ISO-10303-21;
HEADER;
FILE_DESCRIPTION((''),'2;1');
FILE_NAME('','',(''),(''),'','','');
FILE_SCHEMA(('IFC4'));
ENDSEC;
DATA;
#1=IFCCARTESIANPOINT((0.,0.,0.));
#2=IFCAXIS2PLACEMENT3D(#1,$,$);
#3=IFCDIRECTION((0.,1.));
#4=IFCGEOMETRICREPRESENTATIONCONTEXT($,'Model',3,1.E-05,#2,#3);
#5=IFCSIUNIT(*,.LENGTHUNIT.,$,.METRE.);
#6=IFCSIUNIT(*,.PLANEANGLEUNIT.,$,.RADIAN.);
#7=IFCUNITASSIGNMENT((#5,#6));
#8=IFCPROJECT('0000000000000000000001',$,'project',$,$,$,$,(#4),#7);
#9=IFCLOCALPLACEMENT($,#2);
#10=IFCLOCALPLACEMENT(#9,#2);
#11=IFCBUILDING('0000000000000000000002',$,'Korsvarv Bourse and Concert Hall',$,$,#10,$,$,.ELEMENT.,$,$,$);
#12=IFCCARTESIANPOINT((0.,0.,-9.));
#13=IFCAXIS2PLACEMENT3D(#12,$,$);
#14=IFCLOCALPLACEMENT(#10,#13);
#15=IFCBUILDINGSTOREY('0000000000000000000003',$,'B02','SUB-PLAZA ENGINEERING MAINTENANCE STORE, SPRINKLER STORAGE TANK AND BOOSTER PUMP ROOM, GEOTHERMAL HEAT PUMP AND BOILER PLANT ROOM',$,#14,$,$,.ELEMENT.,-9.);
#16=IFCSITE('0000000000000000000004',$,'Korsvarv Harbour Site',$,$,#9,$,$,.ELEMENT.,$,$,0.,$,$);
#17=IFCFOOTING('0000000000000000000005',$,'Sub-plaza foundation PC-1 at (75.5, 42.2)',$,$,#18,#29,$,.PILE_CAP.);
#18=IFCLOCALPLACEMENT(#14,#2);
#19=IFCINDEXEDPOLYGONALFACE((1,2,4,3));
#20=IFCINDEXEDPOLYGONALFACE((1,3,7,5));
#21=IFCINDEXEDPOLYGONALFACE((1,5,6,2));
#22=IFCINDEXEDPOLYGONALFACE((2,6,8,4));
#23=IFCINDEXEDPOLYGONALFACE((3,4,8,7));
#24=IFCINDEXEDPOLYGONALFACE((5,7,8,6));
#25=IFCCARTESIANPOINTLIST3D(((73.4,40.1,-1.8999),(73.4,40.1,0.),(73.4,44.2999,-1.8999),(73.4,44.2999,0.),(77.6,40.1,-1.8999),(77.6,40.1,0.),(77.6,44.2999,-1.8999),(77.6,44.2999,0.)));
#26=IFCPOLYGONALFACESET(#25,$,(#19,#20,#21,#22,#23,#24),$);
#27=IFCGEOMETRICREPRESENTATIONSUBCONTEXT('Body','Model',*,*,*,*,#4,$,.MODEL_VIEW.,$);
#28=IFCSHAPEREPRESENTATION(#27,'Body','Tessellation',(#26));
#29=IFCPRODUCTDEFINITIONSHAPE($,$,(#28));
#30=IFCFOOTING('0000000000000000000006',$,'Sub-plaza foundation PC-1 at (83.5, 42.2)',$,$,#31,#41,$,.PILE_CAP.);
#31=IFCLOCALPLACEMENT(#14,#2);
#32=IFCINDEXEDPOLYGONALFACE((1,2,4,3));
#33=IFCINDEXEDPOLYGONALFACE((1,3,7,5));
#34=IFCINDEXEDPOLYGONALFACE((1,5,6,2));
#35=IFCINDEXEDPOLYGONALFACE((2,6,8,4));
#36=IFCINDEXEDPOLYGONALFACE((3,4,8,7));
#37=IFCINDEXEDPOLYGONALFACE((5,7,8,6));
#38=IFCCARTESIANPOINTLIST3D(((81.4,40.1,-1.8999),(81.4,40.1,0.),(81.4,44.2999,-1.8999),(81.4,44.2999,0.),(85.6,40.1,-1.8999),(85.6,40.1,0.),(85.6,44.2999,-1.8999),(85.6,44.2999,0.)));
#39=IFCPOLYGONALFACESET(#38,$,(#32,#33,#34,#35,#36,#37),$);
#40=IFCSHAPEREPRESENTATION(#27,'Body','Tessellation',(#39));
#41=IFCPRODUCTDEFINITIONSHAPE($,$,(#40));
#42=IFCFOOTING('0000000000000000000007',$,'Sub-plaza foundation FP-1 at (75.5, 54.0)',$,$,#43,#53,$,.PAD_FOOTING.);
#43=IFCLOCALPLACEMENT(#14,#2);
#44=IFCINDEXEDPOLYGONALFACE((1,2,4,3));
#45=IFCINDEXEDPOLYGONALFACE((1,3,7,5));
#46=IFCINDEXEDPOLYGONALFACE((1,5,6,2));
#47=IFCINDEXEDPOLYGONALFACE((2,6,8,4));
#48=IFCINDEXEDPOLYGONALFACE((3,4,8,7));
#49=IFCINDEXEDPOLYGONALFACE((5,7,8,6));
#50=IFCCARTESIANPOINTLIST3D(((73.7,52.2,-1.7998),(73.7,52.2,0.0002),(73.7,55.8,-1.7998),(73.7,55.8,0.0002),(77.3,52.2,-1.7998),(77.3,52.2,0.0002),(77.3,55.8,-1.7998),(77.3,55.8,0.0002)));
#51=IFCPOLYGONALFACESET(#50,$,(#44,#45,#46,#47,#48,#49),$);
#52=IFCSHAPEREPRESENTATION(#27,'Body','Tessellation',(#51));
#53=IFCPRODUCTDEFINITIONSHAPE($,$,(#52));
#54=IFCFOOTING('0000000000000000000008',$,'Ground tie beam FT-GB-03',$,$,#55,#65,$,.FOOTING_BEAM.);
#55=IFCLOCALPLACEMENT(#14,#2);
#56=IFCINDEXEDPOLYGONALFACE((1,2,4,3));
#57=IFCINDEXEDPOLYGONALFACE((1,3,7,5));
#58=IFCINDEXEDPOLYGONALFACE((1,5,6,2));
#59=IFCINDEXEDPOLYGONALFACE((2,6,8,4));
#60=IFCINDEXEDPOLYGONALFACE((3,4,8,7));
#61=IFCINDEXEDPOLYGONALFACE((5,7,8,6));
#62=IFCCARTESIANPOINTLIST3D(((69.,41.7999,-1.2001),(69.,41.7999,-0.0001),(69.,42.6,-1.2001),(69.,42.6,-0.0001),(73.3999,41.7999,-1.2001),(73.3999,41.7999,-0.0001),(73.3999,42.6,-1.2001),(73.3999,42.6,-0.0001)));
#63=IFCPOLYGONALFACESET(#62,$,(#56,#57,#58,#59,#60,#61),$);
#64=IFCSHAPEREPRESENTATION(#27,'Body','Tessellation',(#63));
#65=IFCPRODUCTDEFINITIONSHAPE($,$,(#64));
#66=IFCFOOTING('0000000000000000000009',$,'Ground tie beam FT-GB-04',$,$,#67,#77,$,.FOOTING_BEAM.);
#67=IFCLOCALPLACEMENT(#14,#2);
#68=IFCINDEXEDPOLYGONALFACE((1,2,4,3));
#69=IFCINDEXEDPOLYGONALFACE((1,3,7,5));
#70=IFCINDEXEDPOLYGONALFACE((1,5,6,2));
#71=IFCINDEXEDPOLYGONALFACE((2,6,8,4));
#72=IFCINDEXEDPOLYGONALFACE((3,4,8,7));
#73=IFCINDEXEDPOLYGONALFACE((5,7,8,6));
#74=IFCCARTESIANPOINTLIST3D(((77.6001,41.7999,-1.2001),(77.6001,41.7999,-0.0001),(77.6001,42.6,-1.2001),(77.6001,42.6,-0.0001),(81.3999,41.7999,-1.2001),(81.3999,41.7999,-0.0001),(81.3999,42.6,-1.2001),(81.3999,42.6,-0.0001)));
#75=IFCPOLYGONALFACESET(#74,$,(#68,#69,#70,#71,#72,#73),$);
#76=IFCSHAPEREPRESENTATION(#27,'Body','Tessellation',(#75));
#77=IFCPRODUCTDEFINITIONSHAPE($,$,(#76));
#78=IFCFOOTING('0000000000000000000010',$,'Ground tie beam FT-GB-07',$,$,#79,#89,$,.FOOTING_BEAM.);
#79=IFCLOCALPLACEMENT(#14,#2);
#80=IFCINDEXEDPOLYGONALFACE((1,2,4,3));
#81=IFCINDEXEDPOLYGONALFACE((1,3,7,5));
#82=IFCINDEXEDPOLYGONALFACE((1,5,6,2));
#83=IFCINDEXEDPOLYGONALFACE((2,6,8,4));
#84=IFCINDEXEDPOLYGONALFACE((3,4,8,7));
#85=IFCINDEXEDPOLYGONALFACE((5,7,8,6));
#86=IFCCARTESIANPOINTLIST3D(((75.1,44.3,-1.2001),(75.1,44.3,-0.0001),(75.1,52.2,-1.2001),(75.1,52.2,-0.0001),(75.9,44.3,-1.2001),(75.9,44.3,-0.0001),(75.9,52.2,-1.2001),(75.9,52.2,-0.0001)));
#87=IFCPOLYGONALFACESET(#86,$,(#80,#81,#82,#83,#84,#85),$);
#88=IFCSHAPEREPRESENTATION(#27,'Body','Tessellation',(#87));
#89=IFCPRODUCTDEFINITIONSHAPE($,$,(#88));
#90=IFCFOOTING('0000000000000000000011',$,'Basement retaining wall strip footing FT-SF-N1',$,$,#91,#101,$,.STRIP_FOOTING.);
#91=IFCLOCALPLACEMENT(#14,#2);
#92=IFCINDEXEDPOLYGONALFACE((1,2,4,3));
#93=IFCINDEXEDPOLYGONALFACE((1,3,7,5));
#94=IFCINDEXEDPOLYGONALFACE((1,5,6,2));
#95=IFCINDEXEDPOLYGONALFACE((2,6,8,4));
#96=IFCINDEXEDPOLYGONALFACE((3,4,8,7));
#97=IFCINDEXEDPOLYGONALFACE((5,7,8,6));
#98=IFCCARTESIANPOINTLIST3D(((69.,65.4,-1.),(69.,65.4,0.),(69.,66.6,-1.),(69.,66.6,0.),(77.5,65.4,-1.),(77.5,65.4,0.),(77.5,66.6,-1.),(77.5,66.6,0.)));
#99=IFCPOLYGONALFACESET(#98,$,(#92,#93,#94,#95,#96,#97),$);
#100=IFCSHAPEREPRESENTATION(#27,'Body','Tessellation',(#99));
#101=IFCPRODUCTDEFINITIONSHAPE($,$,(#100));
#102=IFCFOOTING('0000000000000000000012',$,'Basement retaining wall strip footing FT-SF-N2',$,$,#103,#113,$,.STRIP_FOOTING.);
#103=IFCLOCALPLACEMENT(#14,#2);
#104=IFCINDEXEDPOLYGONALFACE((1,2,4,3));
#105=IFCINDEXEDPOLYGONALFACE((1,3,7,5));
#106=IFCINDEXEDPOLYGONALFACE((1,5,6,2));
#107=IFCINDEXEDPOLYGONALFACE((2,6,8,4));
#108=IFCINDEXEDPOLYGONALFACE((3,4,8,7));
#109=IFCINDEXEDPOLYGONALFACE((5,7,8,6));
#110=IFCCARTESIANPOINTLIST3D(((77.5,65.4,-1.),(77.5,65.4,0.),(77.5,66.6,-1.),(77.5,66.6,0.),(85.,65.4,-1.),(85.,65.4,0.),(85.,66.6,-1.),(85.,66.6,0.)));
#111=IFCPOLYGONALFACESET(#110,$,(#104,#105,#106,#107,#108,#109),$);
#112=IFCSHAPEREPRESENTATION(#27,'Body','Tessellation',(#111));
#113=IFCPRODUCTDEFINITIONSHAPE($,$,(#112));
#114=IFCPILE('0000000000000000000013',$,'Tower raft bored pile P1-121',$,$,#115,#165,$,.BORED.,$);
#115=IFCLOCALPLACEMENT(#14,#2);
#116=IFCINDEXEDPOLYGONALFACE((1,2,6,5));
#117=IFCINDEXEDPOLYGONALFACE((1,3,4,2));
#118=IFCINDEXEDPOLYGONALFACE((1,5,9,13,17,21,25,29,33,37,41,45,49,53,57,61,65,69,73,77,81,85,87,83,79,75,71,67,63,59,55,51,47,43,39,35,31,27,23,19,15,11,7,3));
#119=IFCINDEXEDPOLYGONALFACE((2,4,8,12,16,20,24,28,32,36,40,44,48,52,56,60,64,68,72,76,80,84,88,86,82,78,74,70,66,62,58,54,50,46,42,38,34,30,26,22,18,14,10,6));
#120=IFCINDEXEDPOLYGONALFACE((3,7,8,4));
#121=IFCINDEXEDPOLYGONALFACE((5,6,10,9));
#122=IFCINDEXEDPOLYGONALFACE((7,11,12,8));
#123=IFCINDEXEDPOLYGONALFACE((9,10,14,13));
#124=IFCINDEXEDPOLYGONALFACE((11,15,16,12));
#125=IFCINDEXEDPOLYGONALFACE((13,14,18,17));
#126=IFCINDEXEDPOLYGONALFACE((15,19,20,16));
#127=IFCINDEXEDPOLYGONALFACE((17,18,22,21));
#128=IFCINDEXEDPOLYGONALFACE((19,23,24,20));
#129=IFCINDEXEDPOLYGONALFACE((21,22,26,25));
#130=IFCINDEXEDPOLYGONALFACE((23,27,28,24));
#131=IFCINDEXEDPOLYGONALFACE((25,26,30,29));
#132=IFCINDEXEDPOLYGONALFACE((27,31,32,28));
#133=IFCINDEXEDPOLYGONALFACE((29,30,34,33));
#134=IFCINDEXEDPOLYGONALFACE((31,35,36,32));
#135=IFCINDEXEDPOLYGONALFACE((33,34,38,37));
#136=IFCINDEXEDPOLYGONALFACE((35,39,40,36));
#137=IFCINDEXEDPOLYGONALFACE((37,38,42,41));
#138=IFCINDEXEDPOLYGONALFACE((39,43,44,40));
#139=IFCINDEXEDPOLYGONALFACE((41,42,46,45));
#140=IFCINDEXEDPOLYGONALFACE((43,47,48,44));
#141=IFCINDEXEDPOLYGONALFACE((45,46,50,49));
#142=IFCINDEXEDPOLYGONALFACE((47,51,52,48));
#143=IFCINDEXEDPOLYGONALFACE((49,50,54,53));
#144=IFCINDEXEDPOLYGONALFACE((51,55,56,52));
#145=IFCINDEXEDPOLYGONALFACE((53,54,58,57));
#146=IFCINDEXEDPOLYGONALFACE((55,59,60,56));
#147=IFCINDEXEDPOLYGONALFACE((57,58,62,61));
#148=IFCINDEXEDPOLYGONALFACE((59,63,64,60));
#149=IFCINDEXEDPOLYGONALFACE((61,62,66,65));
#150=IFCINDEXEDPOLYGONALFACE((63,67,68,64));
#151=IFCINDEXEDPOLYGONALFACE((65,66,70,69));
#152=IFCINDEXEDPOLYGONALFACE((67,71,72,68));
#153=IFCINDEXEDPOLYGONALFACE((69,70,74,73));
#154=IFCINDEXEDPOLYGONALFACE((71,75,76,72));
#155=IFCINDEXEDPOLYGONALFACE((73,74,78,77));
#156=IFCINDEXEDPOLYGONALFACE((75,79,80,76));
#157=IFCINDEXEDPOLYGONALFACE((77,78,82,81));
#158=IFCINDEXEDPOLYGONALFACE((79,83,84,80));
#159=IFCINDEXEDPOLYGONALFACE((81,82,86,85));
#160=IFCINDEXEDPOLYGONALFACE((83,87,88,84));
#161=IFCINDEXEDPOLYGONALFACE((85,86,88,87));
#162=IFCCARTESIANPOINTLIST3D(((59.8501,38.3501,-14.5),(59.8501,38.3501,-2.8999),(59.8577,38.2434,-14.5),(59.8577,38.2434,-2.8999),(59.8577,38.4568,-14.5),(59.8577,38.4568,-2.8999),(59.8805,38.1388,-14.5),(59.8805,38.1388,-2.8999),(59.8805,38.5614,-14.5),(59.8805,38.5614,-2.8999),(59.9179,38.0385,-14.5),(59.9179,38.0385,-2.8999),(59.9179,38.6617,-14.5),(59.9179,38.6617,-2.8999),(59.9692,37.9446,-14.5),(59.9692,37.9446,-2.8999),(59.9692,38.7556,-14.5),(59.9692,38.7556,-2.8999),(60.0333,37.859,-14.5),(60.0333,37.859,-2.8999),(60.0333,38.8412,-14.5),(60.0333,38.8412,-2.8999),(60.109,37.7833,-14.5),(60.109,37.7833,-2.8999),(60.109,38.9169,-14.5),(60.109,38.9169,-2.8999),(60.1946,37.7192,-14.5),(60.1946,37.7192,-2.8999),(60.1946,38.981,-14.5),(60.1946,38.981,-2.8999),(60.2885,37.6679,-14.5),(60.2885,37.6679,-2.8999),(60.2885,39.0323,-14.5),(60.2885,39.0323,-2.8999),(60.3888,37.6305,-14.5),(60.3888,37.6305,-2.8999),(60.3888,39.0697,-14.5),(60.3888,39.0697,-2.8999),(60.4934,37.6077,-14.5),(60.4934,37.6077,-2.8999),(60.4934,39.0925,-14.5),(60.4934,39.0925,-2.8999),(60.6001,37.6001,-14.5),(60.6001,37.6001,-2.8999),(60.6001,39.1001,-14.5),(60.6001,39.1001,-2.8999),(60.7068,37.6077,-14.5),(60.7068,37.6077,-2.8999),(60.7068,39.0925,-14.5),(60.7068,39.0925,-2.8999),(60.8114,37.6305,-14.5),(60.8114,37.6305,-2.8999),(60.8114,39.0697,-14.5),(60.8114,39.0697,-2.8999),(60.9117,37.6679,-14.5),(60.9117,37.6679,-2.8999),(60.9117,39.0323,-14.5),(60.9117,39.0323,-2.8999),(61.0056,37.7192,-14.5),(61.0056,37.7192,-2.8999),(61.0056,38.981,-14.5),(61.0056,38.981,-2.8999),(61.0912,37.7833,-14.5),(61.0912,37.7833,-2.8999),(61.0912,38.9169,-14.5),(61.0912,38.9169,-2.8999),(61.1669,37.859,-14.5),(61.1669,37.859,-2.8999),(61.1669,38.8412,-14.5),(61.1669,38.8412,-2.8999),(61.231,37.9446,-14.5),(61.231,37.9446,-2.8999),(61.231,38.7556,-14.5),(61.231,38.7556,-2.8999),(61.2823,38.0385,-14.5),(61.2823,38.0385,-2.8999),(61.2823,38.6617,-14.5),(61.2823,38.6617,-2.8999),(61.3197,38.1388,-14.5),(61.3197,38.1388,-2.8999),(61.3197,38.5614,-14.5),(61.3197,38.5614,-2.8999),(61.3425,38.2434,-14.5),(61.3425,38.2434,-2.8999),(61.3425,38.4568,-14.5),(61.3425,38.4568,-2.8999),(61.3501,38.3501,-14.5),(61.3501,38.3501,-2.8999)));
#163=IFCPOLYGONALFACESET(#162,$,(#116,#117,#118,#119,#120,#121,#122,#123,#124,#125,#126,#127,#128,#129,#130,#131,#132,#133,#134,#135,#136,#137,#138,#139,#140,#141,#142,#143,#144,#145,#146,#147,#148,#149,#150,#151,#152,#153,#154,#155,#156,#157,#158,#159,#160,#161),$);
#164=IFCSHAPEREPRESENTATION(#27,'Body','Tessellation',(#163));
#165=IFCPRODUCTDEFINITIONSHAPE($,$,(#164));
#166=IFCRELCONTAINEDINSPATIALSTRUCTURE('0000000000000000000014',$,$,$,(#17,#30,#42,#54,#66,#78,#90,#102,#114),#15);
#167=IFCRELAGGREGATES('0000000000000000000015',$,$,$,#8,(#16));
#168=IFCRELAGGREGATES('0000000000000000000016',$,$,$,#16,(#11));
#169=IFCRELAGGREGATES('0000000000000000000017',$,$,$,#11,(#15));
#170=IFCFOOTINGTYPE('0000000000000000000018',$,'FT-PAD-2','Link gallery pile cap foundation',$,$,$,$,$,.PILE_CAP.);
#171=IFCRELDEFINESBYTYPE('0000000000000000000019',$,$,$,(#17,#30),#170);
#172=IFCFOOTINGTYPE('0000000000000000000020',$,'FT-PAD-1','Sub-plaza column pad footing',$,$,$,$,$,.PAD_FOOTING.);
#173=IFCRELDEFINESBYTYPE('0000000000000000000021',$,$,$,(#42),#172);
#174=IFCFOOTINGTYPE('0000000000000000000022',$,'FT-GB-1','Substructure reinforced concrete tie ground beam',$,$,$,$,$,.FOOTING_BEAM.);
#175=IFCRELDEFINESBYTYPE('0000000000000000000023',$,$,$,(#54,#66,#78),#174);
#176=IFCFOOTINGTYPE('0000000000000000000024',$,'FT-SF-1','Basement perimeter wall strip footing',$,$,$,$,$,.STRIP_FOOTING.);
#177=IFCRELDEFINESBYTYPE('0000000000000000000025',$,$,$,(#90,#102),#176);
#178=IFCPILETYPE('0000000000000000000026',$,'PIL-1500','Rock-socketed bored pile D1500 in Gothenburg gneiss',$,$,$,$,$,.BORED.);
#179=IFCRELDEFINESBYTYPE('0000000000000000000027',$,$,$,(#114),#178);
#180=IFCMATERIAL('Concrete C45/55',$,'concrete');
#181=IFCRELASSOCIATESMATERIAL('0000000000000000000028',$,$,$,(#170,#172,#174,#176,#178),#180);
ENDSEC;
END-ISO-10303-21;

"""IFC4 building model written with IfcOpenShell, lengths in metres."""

from ifc_helpers import new_model, si_unit, direction, frame, origin, origin_2d, place, context, subcontext, project, spatial, rectangle, circle, extrude, source, transform, mapped, material, material_profile, profile_set, type_object, element, save


model = new_model("IFC4")

# Units and contexts
model_context = context("Model", 3, precision=1e-05, world=origin(), true_north=direction((0.0, 1.0)))
body_context = subcontext(model_context, "Body", "Model", "MODEL_VIEW")
ifc_project = project(units=[si_unit("LENGTHUNIT", "METRE"), si_unit("PLANEANGLEUNIT", "RADIAN")], contexts=[model_context])

# Site, building, storey
site_placement = place(None, origin())
site = spatial("IfcSite", under=ifc_project, at=site_placement, Name="Korsvarv Harbour Site", CompositionType="ELEMENT", RefElevation=0.0)
building_placement = place(site_placement, origin())
building = spatial("IfcBuilding", under=site, at=building_placement, Name="Korsvarv Bourse and Concert Hall", CompositionType="ELEMENT")
storey_placement = place(building_placement, frame((0.0, 0.0, -9.0)))
storey = spatial("IfcBuildingStorey", under=building, at=storey_placement, Name="B02", Description="SUB-PLAZA ENGINEERING MAINTENANCE STORE, SPRINKLER STORAGE TANK AND BOOSTER PUMP ROOM, GEOTHERMAL HEAT PUMP AND BOILER PLANT ROOM", CompositionType="ELEMENT", Elevation=-9.0)

# Footings
ifc_material_1 = material(Name="Concrete C45/55", Category="concrete")
footing_type_1 = type_object("IfcFootingType", Name="FT-PAD-2", Description="Link gallery pile cap foundation", PredefinedType="PILE_CAP", material=ifc_material_1)
shared_shape_1 = source(origin(), body_context, "Body", "SweptSolid", [
    extrude(rectangle(XDim=4.2, YDim=4.2, at=origin_2d()), origin(), (0.0, 0.0, 1.0), 1.8999),
])
for number, where, z_axis, x_axis, name in (
    (1, (75.5, 42.2, -1.8999), (0.0, 0.0, 1.0), (1.0, 0.0, 0.0), "Sub-plaza foundation PC-1 at (75.5, 42.2)"),
    (2, (83.5, 42.2, -1.8999), (0.0, 0.0, 1.0), (1.0, 0.0, 0.0), "Sub-plaza foundation PC-1 at (83.5, 42.2)"),
):
    element("IfcFooting", number, at=place(storey_placement, frame(where, z_axis=z_axis, x_axis=x_axis)), inside=storey, type_object=footing_type_1, Name=name, PredefinedType="PILE_CAP", context=body_context, shape_type="MappedRepresentation", body=[
        mapped(shared_shape_1, transform((0.0, 0.0, 0.0), scale=1.0)),
    ])
footing_type_2 = type_object("IfcFootingType", Name="FT-PAD-1", Description="Sub-plaza column pad footing", PredefinedType="PAD_FOOTING", material=ifc_material_1)
shared_shape_2 = source(origin(), body_context, "Body", "SweptSolid", [
    extrude(rectangle(XDim=3.6001, YDim=3.6001, at=origin_2d()), origin(), (0.0, 0.0, 1.0), 1.8),
])
footing_1_placement = place(storey_placement, frame((75.5, 54.0, -1.7998), z_axis=(0.0, 0.0, 1.0), x_axis=(1.0, 0.0, 0.0)))
element("IfcFooting", 3, at=footing_1_placement, inside=storey, type_object=footing_type_2, Name="Sub-plaza foundation FP-1 at (75.5, 54.0)", PredefinedType="PAD_FOOTING", context=body_context, shape_type="MappedRepresentation", body=[
    mapped(shared_shape_2, transform((0.0, 0.0, 0.0), scale=1.0)),
])
ifc_material_profile_1 = material_profile(ifc_material_1, rectangle(XDim=0.8, YDim=1.2, at=origin_2d()), Name="GB 800x1200")
ifc_profile_set_1 = profile_set([ifc_material_profile_1], Name="Concrete C45/55")
footing_type_3 = type_object("IfcFootingType", Name="FT-GB-1", Description="Substructure reinforced concrete tie ground beam", PredefinedType="FOOTING_BEAM", material=ifc_profile_set_1)
shared_shape_3 = source(origin(), body_context, "Body", "SweptSolid", [
    extrude(rectangle(XDim=0.8, YDim=1.2, at=origin_2d()), origin(), (0.0, 0.0, 1.0), 4.3999),
])
footing_2_placement = place(storey_placement, frame((69.0, 42.2, -0.6001), z_axis=(1.0, 0.0, 0.0), x_axis=(0.0, 1.0, 0.0)))
element("IfcFooting", 4, at=footing_2_placement, inside=storey, type_object=footing_type_3, Name="Ground tie beam FT-GB-03", PredefinedType="FOOTING_BEAM", context=body_context, shape_type="MappedRepresentation", body=[
    mapped(shared_shape_3, transform((0.0, 0.0, 0.0), scale=1.0)),
])
shared_shape_4 = source(origin(), body_context, "Body", "SweptSolid", [
    extrude(rectangle(XDim=0.8, YDim=1.2, at=origin_2d()), origin(), (0.0, 0.0, 1.0), 3.7998),
])
footing_3_placement = place(storey_placement, frame((77.6001, 42.2, -0.6001), z_axis=(1.0, 0.0, 0.0), x_axis=(0.0, 1.0, 0.0)))
element("IfcFooting", 5, at=footing_3_placement, inside=storey, type_object=footing_type_3, Name="Ground tie beam FT-GB-04", PredefinedType="FOOTING_BEAM", context=body_context, shape_type="MappedRepresentation", body=[
    mapped(shared_shape_4, transform((0.0, 0.0, 0.0), scale=1.0)),
])
shared_shape_5 = source(origin(), body_context, "Body", "SweptSolid", [
    extrude(rectangle(XDim=0.8, YDim=1.2, at=origin_2d()), origin(), (0.0, 0.0, 1.0), 7.8999),
])
footing_4_placement = place(storey_placement, frame((75.5, 44.3, -0.6001), z_axis=(0.0, 1.0, 0.0), x_axis=(-1.0, 0.0, 0.0)))
element("IfcFooting", 6, at=footing_4_placement, inside=storey, type_object=footing_type_3, Name="Ground tie beam FT-GB-07", PredefinedType="FOOTING_BEAM", context=body_context, shape_type="MappedRepresentation", body=[
    mapped(shared_shape_5, transform((0.0, 0.0, 0.0), scale=1.0)),
])
ifc_material_profile_2 = material_profile(ifc_material_1, rectangle(XDim=1.2, YDim=1.0, at=origin_2d()), Name="SF 1200x1000")
ifc_profile_set_2 = profile_set([ifc_material_profile_2], Name="Concrete C45/55")
footing_type_4 = type_object("IfcFootingType", Name="FT-SF-1", Description="Basement perimeter wall strip footing", PredefinedType="STRIP_FOOTING", material=ifc_profile_set_2)
shared_shape_6 = source(origin(), body_context, "Body", "SweptSolid", [
    extrude(rectangle(XDim=1.2, YDim=1.0, at=origin_2d()), origin(), (0.0, 0.0, 1.0), 8.5),
])
footing_5_placement = place(storey_placement, frame((69.0, 66.0, -0.5), z_axis=(1.0, 0.0, 0.0), x_axis=(0.0, 1.0, 0.0)))
element("IfcFooting", 7, at=footing_5_placement, inside=storey, type_object=footing_type_4, Name="Basement retaining wall strip footing FT-SF-N1", PredefinedType="STRIP_FOOTING", context=body_context, shape_type="MappedRepresentation", body=[
    mapped(shared_shape_6, transform((0.0, 0.0, 0.0), scale=1.0)),
])
shared_shape_7 = source(origin(), body_context, "Body", "SweptSolid", [
    extrude(rectangle(XDim=1.2, YDim=1.0, at=origin_2d()), origin(), (0.0, 0.0, 1.0), 7.5),
])
footing_6_placement = place(storey_placement, frame((77.5, 66.0, -0.5), z_axis=(1.0, 0.0, 0.0), x_axis=(0.0, 1.0, 0.0)))
element("IfcFooting", 8, at=footing_6_placement, inside=storey, type_object=footing_type_4, Name="Basement retaining wall strip footing FT-SF-N2", PredefinedType="STRIP_FOOTING", context=body_context, shape_type="MappedRepresentation", body=[
    mapped(shared_shape_7, transform((0.0, 0.0, 0.0), scale=1.0)),
])

# Pile
ifc_material_profile_3 = material_profile(ifc_material_1, circle(Radius=0.75, at=origin_2d()), Name="PILE D1500")
ifc_profile_set_3 = profile_set([ifc_material_profile_3], Name="Concrete C45/55")
pile_type_1 = type_object("IfcPileType", Name="PIL-1500", Description="Rock-socketed bored pile D1500 in Gothenburg gneiss", PredefinedType="BORED", material=ifc_profile_set_3)
shared_shape_8 = source(origin(), body_context, "Body", "SweptSolid", [
    extrude(circle(Radius=0.75, at=origin_2d()), origin(), (0.0, 0.0, 1.0), 11.6001),
])
for number, where, z_axis, x_axis, name in (
    (9, (60.6001, 38.3501, -2.8999), (0.0, 0.0, -1.0), (1.0, 0.0, 0.0), "Tower raft bored pile P1-121"),
):
    element("IfcPile", number, at=place(storey_placement, frame(where, z_axis=z_axis, x_axis=x_axis)), inside=storey, type_object=pile_type_1, Name=name, PredefinedType="BORED", context=body_context, shape_type="MappedRepresentation", body=[
        mapped(shared_shape_8, transform((0.0, 0.0, 0.0), scale=1.0)),
    ])

save(model, "model.ifc")
